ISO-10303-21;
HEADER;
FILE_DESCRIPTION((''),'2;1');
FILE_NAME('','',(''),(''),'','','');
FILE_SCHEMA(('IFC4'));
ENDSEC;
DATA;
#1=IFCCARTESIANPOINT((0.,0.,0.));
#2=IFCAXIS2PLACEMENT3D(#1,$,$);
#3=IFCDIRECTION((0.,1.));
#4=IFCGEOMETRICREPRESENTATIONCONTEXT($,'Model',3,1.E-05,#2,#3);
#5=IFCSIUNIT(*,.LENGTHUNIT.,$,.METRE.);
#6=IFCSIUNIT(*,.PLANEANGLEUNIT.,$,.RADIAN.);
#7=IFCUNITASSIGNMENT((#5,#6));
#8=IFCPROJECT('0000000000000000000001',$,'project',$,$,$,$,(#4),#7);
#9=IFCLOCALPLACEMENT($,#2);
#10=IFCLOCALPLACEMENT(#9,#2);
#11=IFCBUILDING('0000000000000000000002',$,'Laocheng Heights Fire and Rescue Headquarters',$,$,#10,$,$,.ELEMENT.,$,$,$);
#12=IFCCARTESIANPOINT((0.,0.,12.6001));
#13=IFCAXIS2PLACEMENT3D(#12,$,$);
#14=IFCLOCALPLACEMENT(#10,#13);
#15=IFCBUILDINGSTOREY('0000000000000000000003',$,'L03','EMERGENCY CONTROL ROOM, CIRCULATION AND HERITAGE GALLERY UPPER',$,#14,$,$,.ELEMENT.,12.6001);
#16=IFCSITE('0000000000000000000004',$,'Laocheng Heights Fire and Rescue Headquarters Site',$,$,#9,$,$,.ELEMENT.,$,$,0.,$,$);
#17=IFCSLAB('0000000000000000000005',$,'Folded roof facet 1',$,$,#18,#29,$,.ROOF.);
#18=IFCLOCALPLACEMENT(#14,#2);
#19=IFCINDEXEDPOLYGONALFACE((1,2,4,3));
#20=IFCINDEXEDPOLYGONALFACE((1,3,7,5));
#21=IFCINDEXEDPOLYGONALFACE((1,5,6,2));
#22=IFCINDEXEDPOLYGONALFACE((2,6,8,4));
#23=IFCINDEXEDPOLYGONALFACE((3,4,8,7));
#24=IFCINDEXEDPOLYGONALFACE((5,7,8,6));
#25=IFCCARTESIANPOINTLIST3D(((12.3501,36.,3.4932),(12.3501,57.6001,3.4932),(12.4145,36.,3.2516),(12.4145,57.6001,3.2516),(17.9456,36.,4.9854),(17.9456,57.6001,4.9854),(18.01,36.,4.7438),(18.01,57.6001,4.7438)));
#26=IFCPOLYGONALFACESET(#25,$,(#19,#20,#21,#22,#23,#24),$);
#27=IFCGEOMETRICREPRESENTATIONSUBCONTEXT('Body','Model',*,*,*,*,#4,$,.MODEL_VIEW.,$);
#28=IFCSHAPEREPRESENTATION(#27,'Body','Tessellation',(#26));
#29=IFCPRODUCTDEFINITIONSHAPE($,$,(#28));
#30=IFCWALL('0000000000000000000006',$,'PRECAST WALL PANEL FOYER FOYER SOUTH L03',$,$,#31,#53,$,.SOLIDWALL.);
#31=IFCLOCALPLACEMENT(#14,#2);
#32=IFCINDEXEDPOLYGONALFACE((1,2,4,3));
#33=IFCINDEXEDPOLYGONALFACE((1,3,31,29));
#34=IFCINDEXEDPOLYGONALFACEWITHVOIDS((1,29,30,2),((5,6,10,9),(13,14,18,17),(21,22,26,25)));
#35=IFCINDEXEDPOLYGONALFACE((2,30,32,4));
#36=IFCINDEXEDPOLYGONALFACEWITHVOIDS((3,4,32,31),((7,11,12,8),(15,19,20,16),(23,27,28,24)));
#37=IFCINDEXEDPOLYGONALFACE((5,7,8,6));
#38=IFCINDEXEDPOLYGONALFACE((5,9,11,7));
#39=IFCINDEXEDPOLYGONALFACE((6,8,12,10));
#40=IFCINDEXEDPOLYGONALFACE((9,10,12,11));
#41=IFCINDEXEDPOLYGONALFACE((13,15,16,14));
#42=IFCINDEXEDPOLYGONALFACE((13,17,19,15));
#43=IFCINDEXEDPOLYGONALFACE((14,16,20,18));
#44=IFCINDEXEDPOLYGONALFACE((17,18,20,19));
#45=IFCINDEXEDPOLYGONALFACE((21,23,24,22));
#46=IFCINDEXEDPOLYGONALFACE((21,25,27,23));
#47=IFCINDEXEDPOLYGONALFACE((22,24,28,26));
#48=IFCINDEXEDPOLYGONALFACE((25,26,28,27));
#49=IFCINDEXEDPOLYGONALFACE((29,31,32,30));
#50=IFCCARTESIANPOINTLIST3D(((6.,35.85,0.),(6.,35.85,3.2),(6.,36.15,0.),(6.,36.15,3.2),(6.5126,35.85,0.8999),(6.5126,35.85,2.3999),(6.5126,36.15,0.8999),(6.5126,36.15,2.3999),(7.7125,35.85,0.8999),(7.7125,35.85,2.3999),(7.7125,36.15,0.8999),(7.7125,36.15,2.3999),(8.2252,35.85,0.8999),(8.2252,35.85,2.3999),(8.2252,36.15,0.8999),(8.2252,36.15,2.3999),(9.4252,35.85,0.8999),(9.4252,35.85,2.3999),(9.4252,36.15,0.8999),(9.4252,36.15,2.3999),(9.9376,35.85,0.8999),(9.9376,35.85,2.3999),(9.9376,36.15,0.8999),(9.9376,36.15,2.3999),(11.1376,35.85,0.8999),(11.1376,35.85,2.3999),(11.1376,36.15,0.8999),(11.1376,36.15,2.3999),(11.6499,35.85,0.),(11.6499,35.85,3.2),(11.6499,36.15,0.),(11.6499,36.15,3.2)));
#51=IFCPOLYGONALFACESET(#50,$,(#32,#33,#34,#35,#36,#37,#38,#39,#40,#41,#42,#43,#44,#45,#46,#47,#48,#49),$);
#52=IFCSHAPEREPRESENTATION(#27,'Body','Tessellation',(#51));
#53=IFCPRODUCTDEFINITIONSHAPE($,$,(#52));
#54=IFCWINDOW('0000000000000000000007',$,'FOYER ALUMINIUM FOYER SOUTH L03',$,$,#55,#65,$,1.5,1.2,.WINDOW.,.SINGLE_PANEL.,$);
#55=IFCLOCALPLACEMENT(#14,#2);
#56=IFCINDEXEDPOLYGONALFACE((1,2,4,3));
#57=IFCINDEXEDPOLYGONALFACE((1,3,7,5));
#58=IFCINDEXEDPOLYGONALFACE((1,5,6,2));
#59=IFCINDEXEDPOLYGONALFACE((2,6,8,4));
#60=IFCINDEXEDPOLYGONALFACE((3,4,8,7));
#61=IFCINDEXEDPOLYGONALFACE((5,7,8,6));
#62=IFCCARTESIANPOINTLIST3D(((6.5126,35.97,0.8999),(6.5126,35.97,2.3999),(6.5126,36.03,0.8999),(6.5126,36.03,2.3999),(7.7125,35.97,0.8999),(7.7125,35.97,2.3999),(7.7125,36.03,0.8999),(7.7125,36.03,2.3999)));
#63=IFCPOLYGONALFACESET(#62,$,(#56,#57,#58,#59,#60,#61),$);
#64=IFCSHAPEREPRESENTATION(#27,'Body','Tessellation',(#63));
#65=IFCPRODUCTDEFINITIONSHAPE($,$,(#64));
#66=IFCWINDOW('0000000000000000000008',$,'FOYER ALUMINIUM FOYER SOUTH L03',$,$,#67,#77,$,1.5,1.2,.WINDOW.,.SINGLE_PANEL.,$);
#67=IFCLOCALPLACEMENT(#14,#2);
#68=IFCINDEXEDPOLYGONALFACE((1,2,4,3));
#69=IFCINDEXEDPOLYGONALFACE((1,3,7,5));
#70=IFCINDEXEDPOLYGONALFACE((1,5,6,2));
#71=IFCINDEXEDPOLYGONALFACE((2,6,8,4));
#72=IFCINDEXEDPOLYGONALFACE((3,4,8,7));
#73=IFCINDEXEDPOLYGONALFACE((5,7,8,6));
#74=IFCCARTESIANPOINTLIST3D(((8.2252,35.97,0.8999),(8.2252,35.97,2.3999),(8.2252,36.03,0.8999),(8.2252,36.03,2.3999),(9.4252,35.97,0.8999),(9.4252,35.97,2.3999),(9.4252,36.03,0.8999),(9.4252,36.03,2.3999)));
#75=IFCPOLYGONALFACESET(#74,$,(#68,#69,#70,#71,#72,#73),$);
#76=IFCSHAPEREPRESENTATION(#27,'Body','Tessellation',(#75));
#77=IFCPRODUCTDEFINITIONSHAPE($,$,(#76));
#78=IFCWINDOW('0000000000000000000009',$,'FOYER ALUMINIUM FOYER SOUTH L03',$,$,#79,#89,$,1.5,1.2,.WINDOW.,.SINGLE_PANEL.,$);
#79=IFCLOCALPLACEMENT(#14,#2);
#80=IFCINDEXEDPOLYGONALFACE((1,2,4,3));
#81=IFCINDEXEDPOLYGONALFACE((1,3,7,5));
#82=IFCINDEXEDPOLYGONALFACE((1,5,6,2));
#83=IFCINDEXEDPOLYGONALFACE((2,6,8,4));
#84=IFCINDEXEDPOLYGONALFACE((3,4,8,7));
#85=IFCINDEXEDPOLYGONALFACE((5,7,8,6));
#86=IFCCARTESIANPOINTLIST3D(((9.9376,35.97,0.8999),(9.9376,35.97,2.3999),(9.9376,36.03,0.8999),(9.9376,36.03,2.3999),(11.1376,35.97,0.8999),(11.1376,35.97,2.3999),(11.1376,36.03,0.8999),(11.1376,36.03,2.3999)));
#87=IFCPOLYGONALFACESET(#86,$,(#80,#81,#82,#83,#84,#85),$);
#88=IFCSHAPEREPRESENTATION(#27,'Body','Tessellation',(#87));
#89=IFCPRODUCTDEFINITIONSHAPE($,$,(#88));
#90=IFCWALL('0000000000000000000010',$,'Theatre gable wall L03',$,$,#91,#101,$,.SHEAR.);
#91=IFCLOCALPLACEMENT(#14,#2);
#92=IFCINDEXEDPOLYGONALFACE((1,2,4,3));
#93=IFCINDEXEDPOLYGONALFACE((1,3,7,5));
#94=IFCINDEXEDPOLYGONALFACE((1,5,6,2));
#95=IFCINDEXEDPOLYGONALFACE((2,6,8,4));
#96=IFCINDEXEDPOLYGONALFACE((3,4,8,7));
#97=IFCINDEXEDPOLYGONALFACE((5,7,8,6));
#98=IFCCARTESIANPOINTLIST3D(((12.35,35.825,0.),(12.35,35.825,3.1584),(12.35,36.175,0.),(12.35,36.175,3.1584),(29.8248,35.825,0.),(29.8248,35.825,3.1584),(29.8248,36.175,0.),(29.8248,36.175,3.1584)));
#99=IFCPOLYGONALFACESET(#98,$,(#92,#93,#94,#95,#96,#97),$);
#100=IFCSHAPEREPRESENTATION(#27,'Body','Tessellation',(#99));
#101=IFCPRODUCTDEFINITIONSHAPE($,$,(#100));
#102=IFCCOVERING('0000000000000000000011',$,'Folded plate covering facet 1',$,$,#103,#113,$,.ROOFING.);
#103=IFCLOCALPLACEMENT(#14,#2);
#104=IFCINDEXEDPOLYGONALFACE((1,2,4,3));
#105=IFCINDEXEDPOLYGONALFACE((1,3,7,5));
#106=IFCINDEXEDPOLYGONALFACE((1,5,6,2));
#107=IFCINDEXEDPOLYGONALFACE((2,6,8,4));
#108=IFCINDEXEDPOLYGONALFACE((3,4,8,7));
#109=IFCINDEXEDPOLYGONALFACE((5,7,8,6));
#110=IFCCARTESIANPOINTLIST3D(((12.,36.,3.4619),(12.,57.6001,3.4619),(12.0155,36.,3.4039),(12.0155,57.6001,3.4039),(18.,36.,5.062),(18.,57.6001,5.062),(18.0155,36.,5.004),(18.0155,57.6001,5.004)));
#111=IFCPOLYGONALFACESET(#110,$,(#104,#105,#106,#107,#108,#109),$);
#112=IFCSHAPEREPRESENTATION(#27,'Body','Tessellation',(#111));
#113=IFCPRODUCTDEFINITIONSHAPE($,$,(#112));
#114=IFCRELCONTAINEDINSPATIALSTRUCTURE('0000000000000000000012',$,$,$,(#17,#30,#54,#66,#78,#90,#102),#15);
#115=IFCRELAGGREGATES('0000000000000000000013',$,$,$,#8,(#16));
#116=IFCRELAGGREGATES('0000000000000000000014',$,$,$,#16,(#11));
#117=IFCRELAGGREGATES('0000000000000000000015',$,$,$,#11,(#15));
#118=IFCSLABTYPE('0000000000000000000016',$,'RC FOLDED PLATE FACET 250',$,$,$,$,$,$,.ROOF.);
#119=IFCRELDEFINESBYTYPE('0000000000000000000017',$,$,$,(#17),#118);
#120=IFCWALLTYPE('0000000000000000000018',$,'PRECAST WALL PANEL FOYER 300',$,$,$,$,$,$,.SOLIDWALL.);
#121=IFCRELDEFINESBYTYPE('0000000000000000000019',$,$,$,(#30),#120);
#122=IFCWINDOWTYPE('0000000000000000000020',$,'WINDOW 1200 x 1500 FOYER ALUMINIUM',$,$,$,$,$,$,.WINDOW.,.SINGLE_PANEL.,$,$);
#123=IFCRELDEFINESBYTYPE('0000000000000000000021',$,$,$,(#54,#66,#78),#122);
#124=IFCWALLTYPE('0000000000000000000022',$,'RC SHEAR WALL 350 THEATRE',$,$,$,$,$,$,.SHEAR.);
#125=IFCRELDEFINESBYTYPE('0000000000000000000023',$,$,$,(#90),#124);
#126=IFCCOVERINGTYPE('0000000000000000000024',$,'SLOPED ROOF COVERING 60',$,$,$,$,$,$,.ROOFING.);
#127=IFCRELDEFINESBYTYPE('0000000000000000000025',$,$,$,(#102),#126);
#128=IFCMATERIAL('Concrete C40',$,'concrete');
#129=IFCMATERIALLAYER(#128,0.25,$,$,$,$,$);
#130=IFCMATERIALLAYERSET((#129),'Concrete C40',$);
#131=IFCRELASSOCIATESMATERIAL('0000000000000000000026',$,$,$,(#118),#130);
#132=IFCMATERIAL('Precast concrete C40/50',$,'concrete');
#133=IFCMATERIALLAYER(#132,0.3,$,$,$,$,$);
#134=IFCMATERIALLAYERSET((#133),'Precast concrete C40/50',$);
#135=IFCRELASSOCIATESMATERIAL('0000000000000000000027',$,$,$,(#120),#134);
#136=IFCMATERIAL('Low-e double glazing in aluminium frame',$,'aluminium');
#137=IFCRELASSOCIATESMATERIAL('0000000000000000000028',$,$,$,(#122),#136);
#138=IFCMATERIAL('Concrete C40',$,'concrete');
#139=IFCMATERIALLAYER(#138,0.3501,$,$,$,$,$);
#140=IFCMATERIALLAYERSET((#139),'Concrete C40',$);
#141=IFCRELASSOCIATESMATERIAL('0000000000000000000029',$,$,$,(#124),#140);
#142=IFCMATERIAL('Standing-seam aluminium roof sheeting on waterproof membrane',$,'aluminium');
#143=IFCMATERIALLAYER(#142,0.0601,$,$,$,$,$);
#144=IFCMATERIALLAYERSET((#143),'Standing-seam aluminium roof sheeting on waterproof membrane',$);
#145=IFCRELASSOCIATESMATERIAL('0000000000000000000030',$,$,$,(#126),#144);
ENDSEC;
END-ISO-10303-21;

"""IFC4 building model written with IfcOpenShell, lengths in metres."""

from ifc_helpers import new_model, si_unit, direction, frame, frame_2d, origin, place, context, subcontext, project, spatial, polyline, rectangle, outline, extrude, material, layer, layer_set, type_object, element, fill, save


model = new_model("IFC4")

# Units and contexts
model_context = context("Model", 3, precision=1e-05, world=origin(), true_north=direction((0.0, 1.0)))
body_context = subcontext(model_context, "Body", "Model", "MODEL_VIEW")
ifc_project = project(units=[si_unit("LENGTHUNIT", "METRE"), si_unit("PLANEANGLEUNIT", "RADIAN")], contexts=[model_context])

# Site, building, storey
site_placement = place(None, origin())
site = spatial("IfcSite", under=ifc_project, at=site_placement, Name="Laocheng Heights Fire and Rescue Headquarters Site", CompositionType="ELEMENT", RefElevation=0.0)
building_placement = place(site_placement, origin())
building = spatial("IfcBuilding", under=site, at=building_placement, Name="Laocheng Heights Fire and Rescue Headquarters", CompositionType="ELEMENT")
storey_placement = place(building_placement, frame((0.0, 0.0, 12.6001)))
storey = spatial("IfcBuildingStorey", under=building, at=storey_placement, Name="L03", Description="EMERGENCY CONTROL ROOM, CIRCULATION AND HERITAGE GALLERY UPPER", CompositionType="ELEMENT", Elevation=12.6001)

# Slab
ifc_material_1 = material(Name="Concrete C40", Category="concrete")
ifc_layer_1 = layer(ifc_material_1, 0.25)
ifc_layer_set_1 = layer_set([ifc_layer_1], Name="Concrete C40")
slab_type = type_object("IfcSlabType", Name="RC FOLDED PLATE FACET 250", PredefinedType="ROOF", material=ifc_layer_set_1)
slab_placement = place(storey_placement, frame((12.3501, 36.0, 3.4932), z_axis=(-0.257673, 0.0, 0.966232), x_axis=(0.966232, 0.0, 0.257673)))
element("IfcSlab", 1, at=slab_placement, inside=storey, type_object=slab_type, Name="Folded roof facet 1", PredefinedType="ROOF", context=body_context, shape_type="SweptSolid", body=[
    extrude(outline(polyline([(0.0, 0.0), (5.791, 0.0), (5.791, 21.6001), (0.0, 21.6001), (0.0, 0.0)])), origin(), (0.0, 0.0, -1.0), 0.25),
])

# Wall, openings, windows
ifc_material_2 = material(Name="Precast concrete C40/50", Category="concrete")
ifc_layer_2 = layer(ifc_material_2, 0.3)
ifc_layer_set_2 = layer_set([ifc_layer_2], Name="Precast concrete C40/50")
wall_type_1 = type_object("IfcWallType", Name="PRECAST WALL PANEL FOYER 300", PredefinedType="SOLIDWALL", material=ifc_layer_set_2)
wall_1_placement = place(storey_placement, frame((6.0, 36.0, 0.0), z_axis=(0.0, 0.0, 1.0), x_axis=(1.0, 0.0, 0.0)))
wall_1 = element("IfcWall", 2, at=wall_1_placement, inside=storey, type_object=wall_type_1, Name="PRECAST WALL PANEL FOYER FOYER SOUTH L03", PredefinedType="SOLIDWALL", context=body_context, shape_type="SweptSolid", body=[
    extrude(rectangle(XDim=5.6499, YDim=0.3, at=frame_2d((2.825, 0.0))), origin(), (0.0, 0.0, 1.0), 3.2),
])
opening_1_placement = place(wall_1_placement, frame((0.5125, 0.0, 0.8999)))
opening_1 = element("IfcOpeningElement", 3, at=opening_1_placement, cuts=wall_1, PredefinedType="OPENING", context=body_context, shape_type="SweptSolid", body=[
    extrude(rectangle(XDim=1.2, YDim=1.5, at=frame_2d((0.6001, 0.75))), frame((0.0, 0.1599, 0.0), z_axis=(0.0, -1.0, 0.0), x_axis=(1.0, 0.0, 0.0)), (0.0, 0.0, 1.0), 0.3201),
])
opening_2_placement = place(wall_1_placement, frame((2.2251, 0.0, 0.8999)))
opening_2 = element("IfcOpeningElement", 4, at=opening_2_placement, cuts=wall_1, PredefinedType="OPENING", context=body_context, shape_type="SweptSolid", body=[
    extrude(rectangle(XDim=1.2, YDim=1.5, at=frame_2d((0.6001, 0.75))), frame((0.0, 0.1599, 0.0), z_axis=(0.0, -1.0, 0.0), x_axis=(1.0, 0.0, 0.0)), (0.0, 0.0, 1.0), 0.3201),
])
opening_3_placement = place(wall_1_placement, frame((3.9375, 0.0, 0.8999)))
opening_3 = element("IfcOpeningElement", 5, at=opening_3_placement, cuts=wall_1, PredefinedType="OPENING", context=body_context, shape_type="SweptSolid", body=[
    extrude(rectangle(XDim=1.2, YDim=1.5, at=frame_2d((0.6001, 0.75))), frame((0.0, 0.1599, 0.0), z_axis=(0.0, -1.0, 0.0), x_axis=(1.0, 0.0, 0.0)), (0.0, 0.0, 1.0), 0.3201),
])
ifc_material_3 = material(Name="Low-e double glazing in aluminium frame", Category="aluminium")
window_type = type_object("IfcWindowType", Name="WINDOW 1200 x 1500 FOYER ALUMINIUM", PartitioningType="SINGLE_PANEL", PredefinedType="WINDOW", material=ifc_material_3)
window_1_placement = place(opening_1_placement, origin())
window_1 = element("IfcWindow", 6, at=window_1_placement, inside=storey, type_object=window_type, Name="FOYER ALUMINIUM FOYER SOUTH L03", OverallHeight=1.5, OverallWidth=1.2, PartitioningType="SINGLE_PANEL", PredefinedType="WINDOW", context=body_context, shape_type="SweptSolid", body=[
    extrude(rectangle(XDim=1.2, YDim=1.5, at=frame_2d((0.6001, 0.75))), frame((0.0, 0.03, 0.0), z_axis=(0.0, -1.0, 0.0), x_axis=(1.0, 0.0, 0.0)), (0.0, 0.0, 1.0), 0.0601),
])
fill(opening_1, window_1)
window_2_placement = place(opening_2_placement, origin())
window_2 = element("IfcWindow", 7, at=window_2_placement, inside=storey, type_object=window_type, Name="FOYER ALUMINIUM FOYER SOUTH L03", OverallHeight=1.5, OverallWidth=1.2, PartitioningType="SINGLE_PANEL", PredefinedType="WINDOW", context=body_context, shape_type="SweptSolid", body=[
    extrude(rectangle(XDim=1.2, YDim=1.5, at=frame_2d((0.6001, 0.75))), frame((0.0, 0.03, 0.0), z_axis=(0.0, -1.0, 0.0), x_axis=(1.0, 0.0, 0.0)), (0.0, 0.0, 1.0), 0.0601),
])
fill(opening_2, window_2)
window_3_placement = place(opening_3_placement, origin())
window_3 = element("IfcWindow", 8, at=window_3_placement, inside=storey, type_object=window_type, Name="FOYER ALUMINIUM FOYER SOUTH L03", OverallHeight=1.5, OverallWidth=1.2, PartitioningType="SINGLE_PANEL", PredefinedType="WINDOW", context=body_context, shape_type="SweptSolid", body=[
    extrude(rectangle(XDim=1.2, YDim=1.5, at=frame_2d((0.6001, 0.75))), frame((0.0, 0.03, 0.0), z_axis=(0.0, -1.0, 0.0), x_axis=(1.0, 0.0, 0.0)), (0.0, 0.0, 1.0), 0.0601),
])
fill(opening_3, window_3)

# Wall
ifc_material_4 = material(Name="Concrete C40", Category="concrete")
ifc_layer_3 = layer(ifc_material_4, 0.3501)
ifc_layer_set_3 = layer_set([ifc_layer_3], Name="Concrete C40")
wall_type_2 = type_object("IfcWallType", Name="RC SHEAR WALL 350 THEATRE", PredefinedType="SHEAR", material=ifc_layer_set_3)
wall_2_placement = place(storey_placement, frame((12.3501, 36.0, 0.0), z_axis=(0.0, 0.0, 1.0), x_axis=(1.0, 0.0, 0.0)))
element("IfcWall", 9, at=wall_2_placement, inside=storey, type_object=wall_type_2, Name="Theatre gable wall L03", PredefinedType="SHEAR", context=body_context, shape_type="SweptSolid", body=[
    extrude(rectangle(XDim=17.4749, YDim=0.3501, at=frame_2d((8.7373, 0.0))), origin(), (0.0, 0.0, 1.0), 3.1584),
])

# Covering
ifc_material_5 = material(Name="Standing-seam aluminium roof sheeting on waterproof membrane", Category="aluminium")
ifc_layer_4 = layer(ifc_material_5, 0.0601)
ifc_layer_set_4 = layer_set([ifc_layer_4], Name="Standing-seam aluminium roof sheeting on waterproof membrane")
covering_type = type_object("IfcCoveringType", Name="SLOPED ROOF COVERING 60", PredefinedType="ROOFING", material=ifc_layer_set_4)
covering_placement = place(storey_placement, frame((12.0, 36.0, 3.4619), z_axis=(-0.257677, 0.0, 0.966231), x_axis=(0.966231, 0.0, 0.257677)))
element("IfcCovering", 10, at=covering_placement, inside=storey, type_object=covering_type, Name="Folded plate covering facet 1", PredefinedType="ROOFING", context=body_context, shape_type="SweptSolid", body=[
    extrude(outline(polyline([(0.0, 0.0), (6.2097, 0.0), (6.2097, 21.6001), (0.0, 21.6001), (0.0, 0.0)])), origin(), (0.0, 0.0, -1.0), 0.0601),
])

save(model, "model.ifc")
